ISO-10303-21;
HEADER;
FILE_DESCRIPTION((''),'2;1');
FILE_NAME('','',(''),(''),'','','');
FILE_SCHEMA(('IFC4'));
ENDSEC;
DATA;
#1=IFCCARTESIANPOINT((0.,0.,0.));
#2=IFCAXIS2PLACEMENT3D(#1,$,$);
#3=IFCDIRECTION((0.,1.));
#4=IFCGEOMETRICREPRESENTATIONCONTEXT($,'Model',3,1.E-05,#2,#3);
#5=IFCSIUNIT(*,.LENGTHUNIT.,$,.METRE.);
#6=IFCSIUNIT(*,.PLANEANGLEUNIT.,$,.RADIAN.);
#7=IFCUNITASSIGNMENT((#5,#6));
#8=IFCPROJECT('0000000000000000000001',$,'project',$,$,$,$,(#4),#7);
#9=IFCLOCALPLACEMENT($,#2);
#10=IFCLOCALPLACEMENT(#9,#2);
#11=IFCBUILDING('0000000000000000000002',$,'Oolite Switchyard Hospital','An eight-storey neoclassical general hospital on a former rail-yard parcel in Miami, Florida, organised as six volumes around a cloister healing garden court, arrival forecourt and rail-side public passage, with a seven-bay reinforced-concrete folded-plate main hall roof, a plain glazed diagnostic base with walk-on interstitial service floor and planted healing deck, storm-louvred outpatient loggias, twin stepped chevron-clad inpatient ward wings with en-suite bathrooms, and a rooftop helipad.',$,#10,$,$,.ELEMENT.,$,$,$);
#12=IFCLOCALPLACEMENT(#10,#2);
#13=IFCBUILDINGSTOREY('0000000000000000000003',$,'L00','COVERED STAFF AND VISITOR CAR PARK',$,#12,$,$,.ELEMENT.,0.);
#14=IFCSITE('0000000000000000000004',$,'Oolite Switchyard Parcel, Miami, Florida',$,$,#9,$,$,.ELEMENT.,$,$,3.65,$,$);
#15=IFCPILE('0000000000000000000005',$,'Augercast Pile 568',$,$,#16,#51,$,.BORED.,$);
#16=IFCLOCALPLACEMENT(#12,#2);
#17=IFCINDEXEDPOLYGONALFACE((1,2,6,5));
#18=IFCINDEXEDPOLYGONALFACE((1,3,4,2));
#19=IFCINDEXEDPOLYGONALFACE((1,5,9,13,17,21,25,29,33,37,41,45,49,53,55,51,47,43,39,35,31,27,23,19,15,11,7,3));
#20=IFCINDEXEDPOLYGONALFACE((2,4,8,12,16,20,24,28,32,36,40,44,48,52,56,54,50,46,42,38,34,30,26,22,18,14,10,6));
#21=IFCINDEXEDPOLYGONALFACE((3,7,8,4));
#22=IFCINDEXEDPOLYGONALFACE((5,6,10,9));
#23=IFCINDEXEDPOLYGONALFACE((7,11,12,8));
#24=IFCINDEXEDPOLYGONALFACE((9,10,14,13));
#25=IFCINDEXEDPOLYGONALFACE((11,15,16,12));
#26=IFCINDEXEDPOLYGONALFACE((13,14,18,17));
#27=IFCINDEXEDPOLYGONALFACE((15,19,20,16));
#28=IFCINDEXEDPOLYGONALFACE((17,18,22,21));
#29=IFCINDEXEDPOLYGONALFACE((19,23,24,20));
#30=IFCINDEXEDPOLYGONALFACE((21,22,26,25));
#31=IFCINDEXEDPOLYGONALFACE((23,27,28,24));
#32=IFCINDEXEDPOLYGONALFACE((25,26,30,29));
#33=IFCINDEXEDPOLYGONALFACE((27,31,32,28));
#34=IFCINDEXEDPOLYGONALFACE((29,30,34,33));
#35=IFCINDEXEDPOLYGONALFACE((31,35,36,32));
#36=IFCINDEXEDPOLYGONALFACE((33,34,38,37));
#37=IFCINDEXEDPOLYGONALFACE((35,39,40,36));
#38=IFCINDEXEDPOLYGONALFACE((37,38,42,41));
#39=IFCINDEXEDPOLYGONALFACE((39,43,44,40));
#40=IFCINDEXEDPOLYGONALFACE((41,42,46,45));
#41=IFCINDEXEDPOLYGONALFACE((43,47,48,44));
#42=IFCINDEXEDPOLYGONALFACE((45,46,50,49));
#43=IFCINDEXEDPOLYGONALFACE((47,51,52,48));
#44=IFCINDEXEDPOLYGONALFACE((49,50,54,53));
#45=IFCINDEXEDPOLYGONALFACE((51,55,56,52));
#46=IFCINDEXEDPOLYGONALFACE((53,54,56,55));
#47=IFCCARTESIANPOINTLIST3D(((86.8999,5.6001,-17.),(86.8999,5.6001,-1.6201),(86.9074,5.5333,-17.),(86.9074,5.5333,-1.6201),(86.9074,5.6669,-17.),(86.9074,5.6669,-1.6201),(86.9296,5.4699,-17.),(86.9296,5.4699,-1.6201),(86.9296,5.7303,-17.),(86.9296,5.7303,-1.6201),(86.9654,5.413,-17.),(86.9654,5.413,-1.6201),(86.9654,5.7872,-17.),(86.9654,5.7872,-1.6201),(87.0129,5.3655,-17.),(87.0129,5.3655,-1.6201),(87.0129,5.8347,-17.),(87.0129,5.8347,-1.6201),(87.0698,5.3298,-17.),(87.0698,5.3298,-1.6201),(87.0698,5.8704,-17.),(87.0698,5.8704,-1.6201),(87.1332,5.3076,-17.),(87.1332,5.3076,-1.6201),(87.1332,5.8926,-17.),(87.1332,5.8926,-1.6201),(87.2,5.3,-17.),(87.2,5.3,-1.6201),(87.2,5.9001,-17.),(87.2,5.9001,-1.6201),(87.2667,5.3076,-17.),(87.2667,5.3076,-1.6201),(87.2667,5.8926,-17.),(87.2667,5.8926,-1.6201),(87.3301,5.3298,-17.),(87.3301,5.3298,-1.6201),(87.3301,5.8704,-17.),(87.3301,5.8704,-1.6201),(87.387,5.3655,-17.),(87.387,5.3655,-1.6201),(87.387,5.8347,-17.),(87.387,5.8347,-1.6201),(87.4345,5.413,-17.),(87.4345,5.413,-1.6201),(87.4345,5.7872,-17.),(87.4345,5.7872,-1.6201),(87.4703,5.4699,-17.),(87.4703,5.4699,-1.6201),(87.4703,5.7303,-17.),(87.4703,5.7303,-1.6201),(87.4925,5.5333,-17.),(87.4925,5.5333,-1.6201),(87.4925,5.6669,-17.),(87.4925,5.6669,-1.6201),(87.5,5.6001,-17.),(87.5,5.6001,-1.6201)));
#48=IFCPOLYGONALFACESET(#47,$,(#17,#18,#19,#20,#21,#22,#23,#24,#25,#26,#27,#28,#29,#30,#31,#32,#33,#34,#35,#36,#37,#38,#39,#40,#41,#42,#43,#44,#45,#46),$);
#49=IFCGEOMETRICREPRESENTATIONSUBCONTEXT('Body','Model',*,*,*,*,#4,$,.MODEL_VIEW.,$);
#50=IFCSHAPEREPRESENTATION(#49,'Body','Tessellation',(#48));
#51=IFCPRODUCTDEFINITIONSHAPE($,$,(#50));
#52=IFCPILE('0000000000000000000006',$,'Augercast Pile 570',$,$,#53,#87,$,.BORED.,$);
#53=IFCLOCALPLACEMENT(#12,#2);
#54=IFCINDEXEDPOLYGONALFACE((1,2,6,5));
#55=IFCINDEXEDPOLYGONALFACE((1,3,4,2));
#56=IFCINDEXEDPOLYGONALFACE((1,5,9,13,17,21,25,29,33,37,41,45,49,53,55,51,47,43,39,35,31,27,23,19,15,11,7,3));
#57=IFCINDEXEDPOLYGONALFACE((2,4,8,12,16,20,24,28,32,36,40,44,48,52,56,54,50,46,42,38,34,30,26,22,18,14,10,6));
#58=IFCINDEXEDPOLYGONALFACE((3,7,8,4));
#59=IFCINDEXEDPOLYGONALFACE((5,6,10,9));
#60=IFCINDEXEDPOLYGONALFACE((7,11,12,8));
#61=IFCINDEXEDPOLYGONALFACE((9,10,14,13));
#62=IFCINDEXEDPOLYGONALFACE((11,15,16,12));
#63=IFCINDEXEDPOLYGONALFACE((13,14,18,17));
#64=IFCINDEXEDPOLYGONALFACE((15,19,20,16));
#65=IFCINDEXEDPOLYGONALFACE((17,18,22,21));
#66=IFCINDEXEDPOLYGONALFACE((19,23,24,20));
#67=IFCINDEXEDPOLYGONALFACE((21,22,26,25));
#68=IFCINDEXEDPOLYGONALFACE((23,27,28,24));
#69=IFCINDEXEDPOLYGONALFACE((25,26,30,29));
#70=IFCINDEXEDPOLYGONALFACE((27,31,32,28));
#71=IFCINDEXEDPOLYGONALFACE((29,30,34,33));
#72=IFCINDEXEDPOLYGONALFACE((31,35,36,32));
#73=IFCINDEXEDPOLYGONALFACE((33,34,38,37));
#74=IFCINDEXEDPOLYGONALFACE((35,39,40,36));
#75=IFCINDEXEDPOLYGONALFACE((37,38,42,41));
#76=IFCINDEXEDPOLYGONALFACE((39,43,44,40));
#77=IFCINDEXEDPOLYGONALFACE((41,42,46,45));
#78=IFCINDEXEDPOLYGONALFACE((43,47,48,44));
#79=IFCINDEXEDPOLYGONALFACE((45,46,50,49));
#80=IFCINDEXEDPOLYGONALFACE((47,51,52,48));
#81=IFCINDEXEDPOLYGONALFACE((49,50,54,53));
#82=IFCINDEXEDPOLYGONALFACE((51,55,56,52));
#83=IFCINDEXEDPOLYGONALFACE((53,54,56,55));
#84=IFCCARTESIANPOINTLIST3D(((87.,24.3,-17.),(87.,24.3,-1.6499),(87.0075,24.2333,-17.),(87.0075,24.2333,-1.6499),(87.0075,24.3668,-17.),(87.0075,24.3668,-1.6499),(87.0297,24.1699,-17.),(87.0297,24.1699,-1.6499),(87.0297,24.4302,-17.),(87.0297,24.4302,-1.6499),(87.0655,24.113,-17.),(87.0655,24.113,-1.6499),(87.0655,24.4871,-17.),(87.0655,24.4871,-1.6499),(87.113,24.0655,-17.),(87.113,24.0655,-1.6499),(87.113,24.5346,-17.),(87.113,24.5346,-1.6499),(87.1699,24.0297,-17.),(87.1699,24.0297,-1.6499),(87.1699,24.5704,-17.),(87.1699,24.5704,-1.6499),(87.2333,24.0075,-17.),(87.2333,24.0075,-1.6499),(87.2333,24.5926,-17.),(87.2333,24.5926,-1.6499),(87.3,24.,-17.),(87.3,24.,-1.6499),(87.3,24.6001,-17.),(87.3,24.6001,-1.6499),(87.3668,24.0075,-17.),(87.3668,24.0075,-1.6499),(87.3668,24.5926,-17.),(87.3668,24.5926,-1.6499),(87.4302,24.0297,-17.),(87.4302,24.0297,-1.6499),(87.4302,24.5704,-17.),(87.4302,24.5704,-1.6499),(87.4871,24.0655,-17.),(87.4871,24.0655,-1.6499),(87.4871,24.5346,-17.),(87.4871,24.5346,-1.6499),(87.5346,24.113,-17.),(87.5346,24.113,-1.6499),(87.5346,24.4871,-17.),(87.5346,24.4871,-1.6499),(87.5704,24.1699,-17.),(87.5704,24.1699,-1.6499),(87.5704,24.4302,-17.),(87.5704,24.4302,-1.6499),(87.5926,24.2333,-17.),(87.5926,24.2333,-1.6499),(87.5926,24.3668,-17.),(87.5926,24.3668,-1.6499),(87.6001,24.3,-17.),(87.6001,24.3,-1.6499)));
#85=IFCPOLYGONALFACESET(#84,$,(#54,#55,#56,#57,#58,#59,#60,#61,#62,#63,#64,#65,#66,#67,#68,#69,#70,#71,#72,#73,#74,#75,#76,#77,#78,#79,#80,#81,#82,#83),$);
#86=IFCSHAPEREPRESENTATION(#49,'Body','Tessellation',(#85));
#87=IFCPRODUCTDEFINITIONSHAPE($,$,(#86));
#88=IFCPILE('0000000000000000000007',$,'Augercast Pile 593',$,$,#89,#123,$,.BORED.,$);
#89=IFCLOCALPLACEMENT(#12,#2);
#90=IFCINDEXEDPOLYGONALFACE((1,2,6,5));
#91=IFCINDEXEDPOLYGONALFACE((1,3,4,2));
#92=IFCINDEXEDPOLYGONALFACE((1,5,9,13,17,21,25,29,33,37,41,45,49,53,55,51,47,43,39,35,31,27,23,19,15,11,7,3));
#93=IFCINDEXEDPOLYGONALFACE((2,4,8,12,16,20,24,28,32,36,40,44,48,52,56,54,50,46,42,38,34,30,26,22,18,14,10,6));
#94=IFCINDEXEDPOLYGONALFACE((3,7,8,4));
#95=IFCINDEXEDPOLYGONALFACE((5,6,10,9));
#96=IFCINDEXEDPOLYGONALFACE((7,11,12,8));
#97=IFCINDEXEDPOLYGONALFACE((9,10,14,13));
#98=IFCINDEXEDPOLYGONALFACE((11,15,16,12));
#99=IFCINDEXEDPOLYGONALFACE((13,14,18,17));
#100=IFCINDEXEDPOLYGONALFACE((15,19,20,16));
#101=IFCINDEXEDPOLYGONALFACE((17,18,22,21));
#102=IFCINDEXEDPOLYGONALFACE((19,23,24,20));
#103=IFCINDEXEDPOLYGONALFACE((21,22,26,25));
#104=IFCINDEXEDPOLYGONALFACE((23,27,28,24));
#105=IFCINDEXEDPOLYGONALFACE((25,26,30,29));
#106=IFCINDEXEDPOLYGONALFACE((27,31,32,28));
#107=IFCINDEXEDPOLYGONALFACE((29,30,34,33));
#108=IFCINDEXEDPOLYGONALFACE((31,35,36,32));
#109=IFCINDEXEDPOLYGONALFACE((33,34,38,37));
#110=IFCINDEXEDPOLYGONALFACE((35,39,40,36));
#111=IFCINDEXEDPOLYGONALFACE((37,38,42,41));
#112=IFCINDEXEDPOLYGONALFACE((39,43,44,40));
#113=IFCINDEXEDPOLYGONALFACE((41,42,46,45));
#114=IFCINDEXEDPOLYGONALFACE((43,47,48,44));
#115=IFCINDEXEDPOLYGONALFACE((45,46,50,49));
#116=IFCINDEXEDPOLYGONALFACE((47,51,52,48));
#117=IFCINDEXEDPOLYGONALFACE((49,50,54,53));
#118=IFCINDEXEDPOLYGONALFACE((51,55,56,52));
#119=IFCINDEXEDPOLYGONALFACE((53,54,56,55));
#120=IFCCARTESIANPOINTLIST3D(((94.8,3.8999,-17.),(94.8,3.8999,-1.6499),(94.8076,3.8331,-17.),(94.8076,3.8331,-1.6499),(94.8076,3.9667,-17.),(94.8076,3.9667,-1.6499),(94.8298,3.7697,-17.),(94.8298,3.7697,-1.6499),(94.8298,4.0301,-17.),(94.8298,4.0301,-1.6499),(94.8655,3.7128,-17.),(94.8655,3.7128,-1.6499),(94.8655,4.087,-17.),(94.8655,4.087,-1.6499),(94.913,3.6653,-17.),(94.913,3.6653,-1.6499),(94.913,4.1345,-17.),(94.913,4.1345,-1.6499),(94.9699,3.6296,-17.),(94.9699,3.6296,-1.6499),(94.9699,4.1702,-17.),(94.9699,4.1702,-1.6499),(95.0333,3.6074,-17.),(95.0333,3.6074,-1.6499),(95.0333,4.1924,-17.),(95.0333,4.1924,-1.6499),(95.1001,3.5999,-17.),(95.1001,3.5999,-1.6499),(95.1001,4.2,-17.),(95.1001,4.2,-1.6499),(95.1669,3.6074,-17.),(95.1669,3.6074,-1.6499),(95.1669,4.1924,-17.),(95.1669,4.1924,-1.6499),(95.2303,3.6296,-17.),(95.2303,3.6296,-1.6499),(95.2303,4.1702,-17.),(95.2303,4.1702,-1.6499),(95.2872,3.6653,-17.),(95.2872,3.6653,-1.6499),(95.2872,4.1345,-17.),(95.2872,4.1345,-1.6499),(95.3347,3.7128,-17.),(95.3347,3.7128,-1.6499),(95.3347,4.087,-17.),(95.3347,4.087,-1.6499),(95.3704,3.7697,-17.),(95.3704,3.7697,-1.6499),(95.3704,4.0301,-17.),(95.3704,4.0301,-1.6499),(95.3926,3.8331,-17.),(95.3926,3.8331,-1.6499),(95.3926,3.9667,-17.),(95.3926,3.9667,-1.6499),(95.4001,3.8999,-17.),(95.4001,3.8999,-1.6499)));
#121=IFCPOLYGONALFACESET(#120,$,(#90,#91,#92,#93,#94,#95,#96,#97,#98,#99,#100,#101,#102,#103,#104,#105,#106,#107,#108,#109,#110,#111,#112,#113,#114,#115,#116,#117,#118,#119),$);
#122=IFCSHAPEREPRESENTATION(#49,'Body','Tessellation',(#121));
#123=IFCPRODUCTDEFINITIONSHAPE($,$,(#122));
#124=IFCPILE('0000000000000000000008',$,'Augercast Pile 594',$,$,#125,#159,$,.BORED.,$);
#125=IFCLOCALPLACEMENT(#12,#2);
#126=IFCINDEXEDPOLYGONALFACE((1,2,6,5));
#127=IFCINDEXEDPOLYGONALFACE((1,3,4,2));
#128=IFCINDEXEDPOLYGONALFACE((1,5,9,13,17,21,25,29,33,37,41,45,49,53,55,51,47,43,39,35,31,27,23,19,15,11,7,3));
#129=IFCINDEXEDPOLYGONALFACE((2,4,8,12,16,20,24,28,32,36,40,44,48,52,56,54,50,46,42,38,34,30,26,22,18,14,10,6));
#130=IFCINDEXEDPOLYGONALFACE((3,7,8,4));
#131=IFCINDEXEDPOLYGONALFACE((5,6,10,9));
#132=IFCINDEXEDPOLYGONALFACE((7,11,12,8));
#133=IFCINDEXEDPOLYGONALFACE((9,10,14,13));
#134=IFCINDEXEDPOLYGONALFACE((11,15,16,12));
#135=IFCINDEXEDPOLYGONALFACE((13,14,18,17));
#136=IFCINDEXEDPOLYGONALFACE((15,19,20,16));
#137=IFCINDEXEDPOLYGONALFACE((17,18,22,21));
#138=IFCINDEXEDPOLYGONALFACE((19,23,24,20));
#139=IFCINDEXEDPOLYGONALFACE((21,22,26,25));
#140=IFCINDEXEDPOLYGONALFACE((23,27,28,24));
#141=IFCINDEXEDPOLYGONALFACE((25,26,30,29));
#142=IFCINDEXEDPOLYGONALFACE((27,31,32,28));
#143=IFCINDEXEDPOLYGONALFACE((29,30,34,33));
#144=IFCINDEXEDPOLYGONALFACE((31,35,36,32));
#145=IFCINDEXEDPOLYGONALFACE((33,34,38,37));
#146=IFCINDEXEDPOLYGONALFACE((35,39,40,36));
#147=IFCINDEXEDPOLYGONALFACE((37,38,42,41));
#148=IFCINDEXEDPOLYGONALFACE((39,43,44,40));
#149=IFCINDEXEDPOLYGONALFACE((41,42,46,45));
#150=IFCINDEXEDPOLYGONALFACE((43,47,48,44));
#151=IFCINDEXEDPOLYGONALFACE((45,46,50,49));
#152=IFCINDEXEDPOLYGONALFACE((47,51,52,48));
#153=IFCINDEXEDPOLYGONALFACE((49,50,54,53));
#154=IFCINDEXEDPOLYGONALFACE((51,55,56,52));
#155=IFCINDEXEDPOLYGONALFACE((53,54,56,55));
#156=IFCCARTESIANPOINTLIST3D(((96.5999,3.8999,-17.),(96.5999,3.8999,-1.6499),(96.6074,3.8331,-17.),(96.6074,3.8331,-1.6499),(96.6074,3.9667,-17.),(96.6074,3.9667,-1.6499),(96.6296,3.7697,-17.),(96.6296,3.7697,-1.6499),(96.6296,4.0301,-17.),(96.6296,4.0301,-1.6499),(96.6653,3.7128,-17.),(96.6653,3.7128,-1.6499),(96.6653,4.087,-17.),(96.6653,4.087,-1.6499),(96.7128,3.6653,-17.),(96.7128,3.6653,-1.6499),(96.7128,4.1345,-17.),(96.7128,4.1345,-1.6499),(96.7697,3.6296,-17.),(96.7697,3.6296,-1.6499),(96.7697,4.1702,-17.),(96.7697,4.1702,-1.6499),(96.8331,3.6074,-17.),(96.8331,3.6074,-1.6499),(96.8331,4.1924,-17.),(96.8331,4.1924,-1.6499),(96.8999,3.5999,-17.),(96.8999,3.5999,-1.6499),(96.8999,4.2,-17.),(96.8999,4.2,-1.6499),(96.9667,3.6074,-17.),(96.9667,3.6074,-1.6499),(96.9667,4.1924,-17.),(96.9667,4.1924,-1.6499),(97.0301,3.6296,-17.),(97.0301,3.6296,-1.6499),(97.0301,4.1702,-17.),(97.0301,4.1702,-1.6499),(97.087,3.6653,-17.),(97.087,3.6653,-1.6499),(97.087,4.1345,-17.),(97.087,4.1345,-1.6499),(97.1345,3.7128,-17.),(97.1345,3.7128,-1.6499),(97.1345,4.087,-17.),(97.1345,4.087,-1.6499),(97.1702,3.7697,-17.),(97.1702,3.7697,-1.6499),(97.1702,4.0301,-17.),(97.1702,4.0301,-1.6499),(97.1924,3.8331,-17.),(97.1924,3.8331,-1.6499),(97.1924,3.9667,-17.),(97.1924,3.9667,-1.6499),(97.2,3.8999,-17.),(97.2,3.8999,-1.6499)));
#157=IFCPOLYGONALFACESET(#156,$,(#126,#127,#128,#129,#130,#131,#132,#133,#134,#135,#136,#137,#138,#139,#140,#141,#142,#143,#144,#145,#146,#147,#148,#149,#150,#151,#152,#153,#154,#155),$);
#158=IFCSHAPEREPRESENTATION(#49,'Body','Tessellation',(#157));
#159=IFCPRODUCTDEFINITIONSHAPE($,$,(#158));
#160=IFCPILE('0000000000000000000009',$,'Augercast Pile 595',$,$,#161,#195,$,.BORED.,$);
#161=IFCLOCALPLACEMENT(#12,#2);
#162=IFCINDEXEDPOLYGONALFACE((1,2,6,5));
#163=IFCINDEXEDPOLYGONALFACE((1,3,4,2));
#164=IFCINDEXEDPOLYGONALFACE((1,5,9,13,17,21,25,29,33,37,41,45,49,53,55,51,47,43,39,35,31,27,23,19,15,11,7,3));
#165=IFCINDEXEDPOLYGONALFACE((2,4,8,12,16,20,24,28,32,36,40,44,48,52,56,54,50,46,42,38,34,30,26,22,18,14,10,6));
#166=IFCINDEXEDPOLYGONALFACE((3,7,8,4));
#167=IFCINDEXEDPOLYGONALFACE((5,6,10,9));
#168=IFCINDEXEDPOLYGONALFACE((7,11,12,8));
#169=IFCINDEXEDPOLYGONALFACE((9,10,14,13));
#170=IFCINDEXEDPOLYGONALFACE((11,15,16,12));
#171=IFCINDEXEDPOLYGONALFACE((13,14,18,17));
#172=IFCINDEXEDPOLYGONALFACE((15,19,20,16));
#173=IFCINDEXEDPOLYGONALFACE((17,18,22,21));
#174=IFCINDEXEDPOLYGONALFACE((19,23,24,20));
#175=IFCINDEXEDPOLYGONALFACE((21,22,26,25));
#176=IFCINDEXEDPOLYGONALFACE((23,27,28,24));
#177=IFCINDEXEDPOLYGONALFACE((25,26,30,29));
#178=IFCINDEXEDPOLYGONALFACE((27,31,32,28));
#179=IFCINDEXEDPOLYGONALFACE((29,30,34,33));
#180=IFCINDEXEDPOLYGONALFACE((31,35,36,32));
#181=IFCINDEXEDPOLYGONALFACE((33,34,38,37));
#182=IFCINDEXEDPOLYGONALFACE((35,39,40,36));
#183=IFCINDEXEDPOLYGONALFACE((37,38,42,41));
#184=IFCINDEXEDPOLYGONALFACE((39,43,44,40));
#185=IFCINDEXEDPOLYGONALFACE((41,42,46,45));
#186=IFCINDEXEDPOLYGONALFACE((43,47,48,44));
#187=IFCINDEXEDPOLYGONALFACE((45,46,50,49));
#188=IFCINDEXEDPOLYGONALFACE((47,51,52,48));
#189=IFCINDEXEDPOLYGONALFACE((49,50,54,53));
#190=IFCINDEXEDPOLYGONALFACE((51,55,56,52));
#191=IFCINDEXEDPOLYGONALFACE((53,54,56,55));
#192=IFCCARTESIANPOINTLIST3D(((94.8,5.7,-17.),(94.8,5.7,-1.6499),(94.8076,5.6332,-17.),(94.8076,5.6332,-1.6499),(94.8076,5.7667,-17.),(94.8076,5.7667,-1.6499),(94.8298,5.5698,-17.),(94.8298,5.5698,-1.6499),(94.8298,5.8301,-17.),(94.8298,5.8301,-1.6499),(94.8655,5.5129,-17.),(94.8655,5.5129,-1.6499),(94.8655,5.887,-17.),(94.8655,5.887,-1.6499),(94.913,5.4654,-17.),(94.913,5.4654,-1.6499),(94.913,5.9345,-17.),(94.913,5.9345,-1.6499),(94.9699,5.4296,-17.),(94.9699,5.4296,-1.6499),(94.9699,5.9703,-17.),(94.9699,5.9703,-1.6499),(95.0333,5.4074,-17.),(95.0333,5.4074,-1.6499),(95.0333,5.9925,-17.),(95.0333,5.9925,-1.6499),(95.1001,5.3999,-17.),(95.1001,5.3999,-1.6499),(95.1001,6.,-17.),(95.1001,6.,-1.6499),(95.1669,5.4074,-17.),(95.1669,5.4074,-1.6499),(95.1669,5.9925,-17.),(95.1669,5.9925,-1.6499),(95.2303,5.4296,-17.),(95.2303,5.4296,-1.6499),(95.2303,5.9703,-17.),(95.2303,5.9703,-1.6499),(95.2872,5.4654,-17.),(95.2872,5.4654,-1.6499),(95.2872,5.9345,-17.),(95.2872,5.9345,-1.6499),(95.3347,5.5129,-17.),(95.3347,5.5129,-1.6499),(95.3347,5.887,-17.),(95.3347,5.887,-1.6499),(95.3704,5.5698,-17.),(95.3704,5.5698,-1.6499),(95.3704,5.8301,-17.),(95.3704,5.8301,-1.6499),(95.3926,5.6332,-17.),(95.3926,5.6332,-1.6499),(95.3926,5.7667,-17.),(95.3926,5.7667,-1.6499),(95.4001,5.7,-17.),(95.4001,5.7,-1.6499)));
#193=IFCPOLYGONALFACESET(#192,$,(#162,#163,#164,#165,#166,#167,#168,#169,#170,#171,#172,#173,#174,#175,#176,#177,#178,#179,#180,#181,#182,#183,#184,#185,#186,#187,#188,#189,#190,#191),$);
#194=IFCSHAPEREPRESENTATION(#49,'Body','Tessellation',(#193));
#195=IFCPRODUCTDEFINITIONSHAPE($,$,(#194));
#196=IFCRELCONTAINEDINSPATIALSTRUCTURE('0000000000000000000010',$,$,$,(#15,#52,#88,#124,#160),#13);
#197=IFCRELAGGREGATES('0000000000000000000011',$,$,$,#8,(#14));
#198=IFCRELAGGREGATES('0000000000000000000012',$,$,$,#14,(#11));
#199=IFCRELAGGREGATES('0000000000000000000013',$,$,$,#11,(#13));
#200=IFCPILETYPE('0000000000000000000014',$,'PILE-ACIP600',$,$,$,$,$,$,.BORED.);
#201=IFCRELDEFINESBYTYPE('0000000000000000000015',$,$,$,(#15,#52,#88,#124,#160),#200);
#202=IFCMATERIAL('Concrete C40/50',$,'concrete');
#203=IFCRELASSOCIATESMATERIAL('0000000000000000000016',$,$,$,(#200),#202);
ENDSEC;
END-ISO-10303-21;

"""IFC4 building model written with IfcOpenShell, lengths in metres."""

from ifc_helpers import new_model, si_unit, direction, frame, origin, origin_2d, place, context, subcontext, project, spatial, circle, extrude, material, material_profile, profile_set, type_object, element, save


model = new_model("IFC4")

# Units and contexts
model_context = context("Model", 3, precision=1e-05, world=origin(), true_north=direction((0.0, 1.0)))
body_context = subcontext(model_context, "Body", "Model", "MODEL_VIEW")
ifc_project = project(units=[si_unit("LENGTHUNIT", "METRE"), si_unit("PLANEANGLEUNIT", "RADIAN")], contexts=[model_context])

# Site, building, storey
site_placement = place(None, origin())
site = spatial("IfcSite", under=ifc_project, at=site_placement, Name="Oolite Switchyard Parcel, Miami, Florida", CompositionType="ELEMENT", RefElevation=3.65)
building_placement = place(site_placement, origin())
building = spatial("IfcBuilding", under=site, at=building_placement, Name="Oolite Switchyard Hospital", Description="An eight-storey neoclassical general hospital on a former rail-yard parcel in Miami, Florida, organised as six volumes around a cloister healing garden court, arrival forecourt and rail-side public passage, with a seven-bay reinforced-concrete folded-plate main hall roof, a plain glazed diagnostic base with walk-on interstitial service floor and planted healing deck, storm-louvred outpatient loggias, twin stepped chevron-clad inpatient ward wings with en-suite bathrooms, and a rooftop helipad.", CompositionType="ELEMENT")
storey_placement = place(building_placement, origin())
storey = spatial("IfcBuildingStorey", under=building, at=storey_placement, Name="L00", Description="COVERED STAFF AND VISITOR CAR PARK", CompositionType="ELEMENT", Elevation=0.0)

# Shared definitions
ifc_material_1 = material(Name="Concrete C40/50", Category="concrete")

# Piles
ifc_material_profile_1 = material_profile(ifc_material_1, circle(Radius=0.3, at=origin_2d()), Name="PILE600")
ifc_profile_set_1 = profile_set([ifc_material_profile_1], Name="Concrete C40/50")
pile_type = type_object("IfcPileType", Name="PILE-ACIP600", PredefinedType="BORED", material=ifc_profile_set_1)
for number, where, z_axis, x_axis, name in (
    (1, (87.2, 5.6001, -1.6201), (0.0, 0.0, -1.0), (1.0, 0.0, 0.0), "Augercast Pile 568"),
):
    element("IfcPile", number, at=place(storey_placement, frame(where, z_axis=z_axis, x_axis=x_axis)), inside=storey, type_object=pile_type, Name=name, PredefinedType="BORED", context=body_context, shape_type="SweptSolid", body=[
        extrude(circle(Radius=0.3, at=origin_2d()), origin(), (0.0, 0.0, 1.0), 15.3799),
    ])
for number, where, z_axis, x_axis, name in (
    (2, (87.3, 24.3, -1.6499), (0.0, 0.0, -1.0), (1.0, 0.0, 0.0), "Augercast Pile 570"),
    (3, (95.1001, 3.8999, -1.6499), (0.0, 0.0, -1.0), (1.0, 0.0, 0.0), "Augercast Pile 593"),
    (4, (96.8999, 3.8999, -1.6499), (0.0, 0.0, -1.0), (1.0, 0.0, 0.0), "Augercast Pile 594"),
    (5, (95.1001, 5.7, -1.6499), (0.0, 0.0, -1.0), (1.0, 0.0, 0.0), "Augercast Pile 595"),
):
    element("IfcPile", number, at=place(storey_placement, frame(where, z_axis=z_axis, x_axis=x_axis)), inside=storey, type_object=pile_type, Name=name, PredefinedType="BORED", context=body_context, shape_type="SweptSolid", body=[
        extrude(circle(Radius=0.3, at=origin_2d()), origin(), (0.0, 0.0, 1.0), 15.3501),
    ])

save(model, "model.ifc")
